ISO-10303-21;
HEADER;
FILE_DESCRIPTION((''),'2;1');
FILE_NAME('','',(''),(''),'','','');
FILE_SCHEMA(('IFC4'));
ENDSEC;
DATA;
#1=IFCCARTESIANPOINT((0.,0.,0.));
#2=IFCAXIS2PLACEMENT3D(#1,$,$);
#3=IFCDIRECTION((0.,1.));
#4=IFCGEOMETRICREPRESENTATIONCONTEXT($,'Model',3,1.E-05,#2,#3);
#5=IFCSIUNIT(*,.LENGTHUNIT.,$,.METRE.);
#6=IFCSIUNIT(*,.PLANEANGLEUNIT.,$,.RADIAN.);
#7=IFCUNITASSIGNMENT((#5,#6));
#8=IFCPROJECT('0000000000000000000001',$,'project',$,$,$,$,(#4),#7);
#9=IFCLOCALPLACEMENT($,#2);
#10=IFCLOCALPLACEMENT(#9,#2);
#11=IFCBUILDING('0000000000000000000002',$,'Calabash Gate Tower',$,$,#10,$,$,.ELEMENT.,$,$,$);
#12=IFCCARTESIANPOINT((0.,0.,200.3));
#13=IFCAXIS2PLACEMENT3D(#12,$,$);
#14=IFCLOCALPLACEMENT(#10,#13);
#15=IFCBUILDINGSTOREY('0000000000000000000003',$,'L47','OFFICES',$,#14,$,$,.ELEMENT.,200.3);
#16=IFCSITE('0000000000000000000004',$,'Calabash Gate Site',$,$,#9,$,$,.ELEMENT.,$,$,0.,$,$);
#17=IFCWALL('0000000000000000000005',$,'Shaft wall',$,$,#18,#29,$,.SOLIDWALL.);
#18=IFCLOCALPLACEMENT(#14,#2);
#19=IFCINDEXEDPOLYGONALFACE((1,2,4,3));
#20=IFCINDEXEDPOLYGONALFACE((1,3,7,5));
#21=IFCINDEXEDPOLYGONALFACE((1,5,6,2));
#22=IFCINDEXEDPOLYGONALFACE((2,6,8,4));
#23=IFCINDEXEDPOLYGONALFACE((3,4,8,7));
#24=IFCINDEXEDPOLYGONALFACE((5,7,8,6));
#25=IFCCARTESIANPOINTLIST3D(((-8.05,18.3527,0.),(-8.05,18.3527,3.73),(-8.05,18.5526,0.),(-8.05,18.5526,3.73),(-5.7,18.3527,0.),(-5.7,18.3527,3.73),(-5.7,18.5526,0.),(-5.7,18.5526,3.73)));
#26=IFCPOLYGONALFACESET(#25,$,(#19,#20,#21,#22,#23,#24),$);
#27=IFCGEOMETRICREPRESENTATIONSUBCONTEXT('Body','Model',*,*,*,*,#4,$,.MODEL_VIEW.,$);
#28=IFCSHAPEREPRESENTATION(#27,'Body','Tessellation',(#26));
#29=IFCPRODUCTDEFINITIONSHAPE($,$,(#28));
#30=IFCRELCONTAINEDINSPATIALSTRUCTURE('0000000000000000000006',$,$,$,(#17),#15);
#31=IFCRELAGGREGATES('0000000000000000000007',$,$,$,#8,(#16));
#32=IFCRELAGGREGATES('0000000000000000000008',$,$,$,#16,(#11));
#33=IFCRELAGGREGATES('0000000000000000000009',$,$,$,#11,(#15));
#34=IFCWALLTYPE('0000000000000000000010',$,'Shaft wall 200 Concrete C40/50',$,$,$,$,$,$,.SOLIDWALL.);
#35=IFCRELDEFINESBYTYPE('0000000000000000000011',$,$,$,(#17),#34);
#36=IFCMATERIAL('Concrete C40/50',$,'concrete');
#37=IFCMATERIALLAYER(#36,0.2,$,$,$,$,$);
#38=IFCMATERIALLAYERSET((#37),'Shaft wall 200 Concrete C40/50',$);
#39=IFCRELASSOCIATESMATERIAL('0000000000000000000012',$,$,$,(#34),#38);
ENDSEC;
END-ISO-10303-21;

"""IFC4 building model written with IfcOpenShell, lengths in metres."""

from ifc_helpers import new_model, si_unit, direction, frame, frame_2d, origin, place, context, subcontext, project, spatial, rectangle, extrude, material, layer, layer_set, type_object, element, save


model = new_model("IFC4")

# Units and contexts
model_context = context("Model", 3, precision=1e-05, world=origin(), true_north=direction((0.0, 1.0)))
body_context = subcontext(model_context, "Body", "Model", "MODEL_VIEW")
ifc_project = project(units=[si_unit("LENGTHUNIT", "METRE"), si_unit("PLANEANGLEUNIT", "RADIAN")], contexts=[model_context])

# Site, building, storey
site_placement = place(None, origin())
site = spatial("IfcSite", under=ifc_project, at=site_placement, Name="Calabash Gate Site", CompositionType="ELEMENT", RefElevation=0.0)
building_placement = place(site_placement, origin())
building = spatial("IfcBuilding", under=site, at=building_placement, Name="Calabash Gate Tower", CompositionType="ELEMENT")
storey_placement = place(building_placement, frame((0.0, 0.0, 200.3)))
storey = spatial("IfcBuildingStorey", under=building, at=storey_placement, Name="L47", Description="OFFICES", CompositionType="ELEMENT", Elevation=200.3)

# Shared definitions
ifc_material_1 = material(Name="Concrete C40/50", Category="concrete")
ifc_layer_1 = layer(ifc_material_1, 0.2)
ifc_layer_set_1 = layer_set([ifc_layer_1], Name="Shaft wall 200 Concrete C40/50")
wall_type_1 = type_object("IfcWallType", Name="Shaft wall 200 Concrete C40/50", PredefinedType="SOLIDWALL", material=ifc_layer_set_1)

# Wall
wall_1_placement = place(storey_placement, frame((-8.05, 18.4526, 0.0), z_axis=(0.0, 0.0, 1.0), x_axis=(1.0, 0.0, 0.0)))
element("IfcWall", 1, at=wall_1_placement, inside=storey, type_object=wall_type_1, Name="Shaft wall", PredefinedType="SOLIDWALL", context=body_context, shape_type="SweptSolid", body=[
    extrude(rectangle(XDim=2.3501, YDim=0.2, at=frame_2d((1.175, 0.0))), origin(), (0.0, 0.0, 1.0), 3.73),
])

save(model, "model.ifc")
